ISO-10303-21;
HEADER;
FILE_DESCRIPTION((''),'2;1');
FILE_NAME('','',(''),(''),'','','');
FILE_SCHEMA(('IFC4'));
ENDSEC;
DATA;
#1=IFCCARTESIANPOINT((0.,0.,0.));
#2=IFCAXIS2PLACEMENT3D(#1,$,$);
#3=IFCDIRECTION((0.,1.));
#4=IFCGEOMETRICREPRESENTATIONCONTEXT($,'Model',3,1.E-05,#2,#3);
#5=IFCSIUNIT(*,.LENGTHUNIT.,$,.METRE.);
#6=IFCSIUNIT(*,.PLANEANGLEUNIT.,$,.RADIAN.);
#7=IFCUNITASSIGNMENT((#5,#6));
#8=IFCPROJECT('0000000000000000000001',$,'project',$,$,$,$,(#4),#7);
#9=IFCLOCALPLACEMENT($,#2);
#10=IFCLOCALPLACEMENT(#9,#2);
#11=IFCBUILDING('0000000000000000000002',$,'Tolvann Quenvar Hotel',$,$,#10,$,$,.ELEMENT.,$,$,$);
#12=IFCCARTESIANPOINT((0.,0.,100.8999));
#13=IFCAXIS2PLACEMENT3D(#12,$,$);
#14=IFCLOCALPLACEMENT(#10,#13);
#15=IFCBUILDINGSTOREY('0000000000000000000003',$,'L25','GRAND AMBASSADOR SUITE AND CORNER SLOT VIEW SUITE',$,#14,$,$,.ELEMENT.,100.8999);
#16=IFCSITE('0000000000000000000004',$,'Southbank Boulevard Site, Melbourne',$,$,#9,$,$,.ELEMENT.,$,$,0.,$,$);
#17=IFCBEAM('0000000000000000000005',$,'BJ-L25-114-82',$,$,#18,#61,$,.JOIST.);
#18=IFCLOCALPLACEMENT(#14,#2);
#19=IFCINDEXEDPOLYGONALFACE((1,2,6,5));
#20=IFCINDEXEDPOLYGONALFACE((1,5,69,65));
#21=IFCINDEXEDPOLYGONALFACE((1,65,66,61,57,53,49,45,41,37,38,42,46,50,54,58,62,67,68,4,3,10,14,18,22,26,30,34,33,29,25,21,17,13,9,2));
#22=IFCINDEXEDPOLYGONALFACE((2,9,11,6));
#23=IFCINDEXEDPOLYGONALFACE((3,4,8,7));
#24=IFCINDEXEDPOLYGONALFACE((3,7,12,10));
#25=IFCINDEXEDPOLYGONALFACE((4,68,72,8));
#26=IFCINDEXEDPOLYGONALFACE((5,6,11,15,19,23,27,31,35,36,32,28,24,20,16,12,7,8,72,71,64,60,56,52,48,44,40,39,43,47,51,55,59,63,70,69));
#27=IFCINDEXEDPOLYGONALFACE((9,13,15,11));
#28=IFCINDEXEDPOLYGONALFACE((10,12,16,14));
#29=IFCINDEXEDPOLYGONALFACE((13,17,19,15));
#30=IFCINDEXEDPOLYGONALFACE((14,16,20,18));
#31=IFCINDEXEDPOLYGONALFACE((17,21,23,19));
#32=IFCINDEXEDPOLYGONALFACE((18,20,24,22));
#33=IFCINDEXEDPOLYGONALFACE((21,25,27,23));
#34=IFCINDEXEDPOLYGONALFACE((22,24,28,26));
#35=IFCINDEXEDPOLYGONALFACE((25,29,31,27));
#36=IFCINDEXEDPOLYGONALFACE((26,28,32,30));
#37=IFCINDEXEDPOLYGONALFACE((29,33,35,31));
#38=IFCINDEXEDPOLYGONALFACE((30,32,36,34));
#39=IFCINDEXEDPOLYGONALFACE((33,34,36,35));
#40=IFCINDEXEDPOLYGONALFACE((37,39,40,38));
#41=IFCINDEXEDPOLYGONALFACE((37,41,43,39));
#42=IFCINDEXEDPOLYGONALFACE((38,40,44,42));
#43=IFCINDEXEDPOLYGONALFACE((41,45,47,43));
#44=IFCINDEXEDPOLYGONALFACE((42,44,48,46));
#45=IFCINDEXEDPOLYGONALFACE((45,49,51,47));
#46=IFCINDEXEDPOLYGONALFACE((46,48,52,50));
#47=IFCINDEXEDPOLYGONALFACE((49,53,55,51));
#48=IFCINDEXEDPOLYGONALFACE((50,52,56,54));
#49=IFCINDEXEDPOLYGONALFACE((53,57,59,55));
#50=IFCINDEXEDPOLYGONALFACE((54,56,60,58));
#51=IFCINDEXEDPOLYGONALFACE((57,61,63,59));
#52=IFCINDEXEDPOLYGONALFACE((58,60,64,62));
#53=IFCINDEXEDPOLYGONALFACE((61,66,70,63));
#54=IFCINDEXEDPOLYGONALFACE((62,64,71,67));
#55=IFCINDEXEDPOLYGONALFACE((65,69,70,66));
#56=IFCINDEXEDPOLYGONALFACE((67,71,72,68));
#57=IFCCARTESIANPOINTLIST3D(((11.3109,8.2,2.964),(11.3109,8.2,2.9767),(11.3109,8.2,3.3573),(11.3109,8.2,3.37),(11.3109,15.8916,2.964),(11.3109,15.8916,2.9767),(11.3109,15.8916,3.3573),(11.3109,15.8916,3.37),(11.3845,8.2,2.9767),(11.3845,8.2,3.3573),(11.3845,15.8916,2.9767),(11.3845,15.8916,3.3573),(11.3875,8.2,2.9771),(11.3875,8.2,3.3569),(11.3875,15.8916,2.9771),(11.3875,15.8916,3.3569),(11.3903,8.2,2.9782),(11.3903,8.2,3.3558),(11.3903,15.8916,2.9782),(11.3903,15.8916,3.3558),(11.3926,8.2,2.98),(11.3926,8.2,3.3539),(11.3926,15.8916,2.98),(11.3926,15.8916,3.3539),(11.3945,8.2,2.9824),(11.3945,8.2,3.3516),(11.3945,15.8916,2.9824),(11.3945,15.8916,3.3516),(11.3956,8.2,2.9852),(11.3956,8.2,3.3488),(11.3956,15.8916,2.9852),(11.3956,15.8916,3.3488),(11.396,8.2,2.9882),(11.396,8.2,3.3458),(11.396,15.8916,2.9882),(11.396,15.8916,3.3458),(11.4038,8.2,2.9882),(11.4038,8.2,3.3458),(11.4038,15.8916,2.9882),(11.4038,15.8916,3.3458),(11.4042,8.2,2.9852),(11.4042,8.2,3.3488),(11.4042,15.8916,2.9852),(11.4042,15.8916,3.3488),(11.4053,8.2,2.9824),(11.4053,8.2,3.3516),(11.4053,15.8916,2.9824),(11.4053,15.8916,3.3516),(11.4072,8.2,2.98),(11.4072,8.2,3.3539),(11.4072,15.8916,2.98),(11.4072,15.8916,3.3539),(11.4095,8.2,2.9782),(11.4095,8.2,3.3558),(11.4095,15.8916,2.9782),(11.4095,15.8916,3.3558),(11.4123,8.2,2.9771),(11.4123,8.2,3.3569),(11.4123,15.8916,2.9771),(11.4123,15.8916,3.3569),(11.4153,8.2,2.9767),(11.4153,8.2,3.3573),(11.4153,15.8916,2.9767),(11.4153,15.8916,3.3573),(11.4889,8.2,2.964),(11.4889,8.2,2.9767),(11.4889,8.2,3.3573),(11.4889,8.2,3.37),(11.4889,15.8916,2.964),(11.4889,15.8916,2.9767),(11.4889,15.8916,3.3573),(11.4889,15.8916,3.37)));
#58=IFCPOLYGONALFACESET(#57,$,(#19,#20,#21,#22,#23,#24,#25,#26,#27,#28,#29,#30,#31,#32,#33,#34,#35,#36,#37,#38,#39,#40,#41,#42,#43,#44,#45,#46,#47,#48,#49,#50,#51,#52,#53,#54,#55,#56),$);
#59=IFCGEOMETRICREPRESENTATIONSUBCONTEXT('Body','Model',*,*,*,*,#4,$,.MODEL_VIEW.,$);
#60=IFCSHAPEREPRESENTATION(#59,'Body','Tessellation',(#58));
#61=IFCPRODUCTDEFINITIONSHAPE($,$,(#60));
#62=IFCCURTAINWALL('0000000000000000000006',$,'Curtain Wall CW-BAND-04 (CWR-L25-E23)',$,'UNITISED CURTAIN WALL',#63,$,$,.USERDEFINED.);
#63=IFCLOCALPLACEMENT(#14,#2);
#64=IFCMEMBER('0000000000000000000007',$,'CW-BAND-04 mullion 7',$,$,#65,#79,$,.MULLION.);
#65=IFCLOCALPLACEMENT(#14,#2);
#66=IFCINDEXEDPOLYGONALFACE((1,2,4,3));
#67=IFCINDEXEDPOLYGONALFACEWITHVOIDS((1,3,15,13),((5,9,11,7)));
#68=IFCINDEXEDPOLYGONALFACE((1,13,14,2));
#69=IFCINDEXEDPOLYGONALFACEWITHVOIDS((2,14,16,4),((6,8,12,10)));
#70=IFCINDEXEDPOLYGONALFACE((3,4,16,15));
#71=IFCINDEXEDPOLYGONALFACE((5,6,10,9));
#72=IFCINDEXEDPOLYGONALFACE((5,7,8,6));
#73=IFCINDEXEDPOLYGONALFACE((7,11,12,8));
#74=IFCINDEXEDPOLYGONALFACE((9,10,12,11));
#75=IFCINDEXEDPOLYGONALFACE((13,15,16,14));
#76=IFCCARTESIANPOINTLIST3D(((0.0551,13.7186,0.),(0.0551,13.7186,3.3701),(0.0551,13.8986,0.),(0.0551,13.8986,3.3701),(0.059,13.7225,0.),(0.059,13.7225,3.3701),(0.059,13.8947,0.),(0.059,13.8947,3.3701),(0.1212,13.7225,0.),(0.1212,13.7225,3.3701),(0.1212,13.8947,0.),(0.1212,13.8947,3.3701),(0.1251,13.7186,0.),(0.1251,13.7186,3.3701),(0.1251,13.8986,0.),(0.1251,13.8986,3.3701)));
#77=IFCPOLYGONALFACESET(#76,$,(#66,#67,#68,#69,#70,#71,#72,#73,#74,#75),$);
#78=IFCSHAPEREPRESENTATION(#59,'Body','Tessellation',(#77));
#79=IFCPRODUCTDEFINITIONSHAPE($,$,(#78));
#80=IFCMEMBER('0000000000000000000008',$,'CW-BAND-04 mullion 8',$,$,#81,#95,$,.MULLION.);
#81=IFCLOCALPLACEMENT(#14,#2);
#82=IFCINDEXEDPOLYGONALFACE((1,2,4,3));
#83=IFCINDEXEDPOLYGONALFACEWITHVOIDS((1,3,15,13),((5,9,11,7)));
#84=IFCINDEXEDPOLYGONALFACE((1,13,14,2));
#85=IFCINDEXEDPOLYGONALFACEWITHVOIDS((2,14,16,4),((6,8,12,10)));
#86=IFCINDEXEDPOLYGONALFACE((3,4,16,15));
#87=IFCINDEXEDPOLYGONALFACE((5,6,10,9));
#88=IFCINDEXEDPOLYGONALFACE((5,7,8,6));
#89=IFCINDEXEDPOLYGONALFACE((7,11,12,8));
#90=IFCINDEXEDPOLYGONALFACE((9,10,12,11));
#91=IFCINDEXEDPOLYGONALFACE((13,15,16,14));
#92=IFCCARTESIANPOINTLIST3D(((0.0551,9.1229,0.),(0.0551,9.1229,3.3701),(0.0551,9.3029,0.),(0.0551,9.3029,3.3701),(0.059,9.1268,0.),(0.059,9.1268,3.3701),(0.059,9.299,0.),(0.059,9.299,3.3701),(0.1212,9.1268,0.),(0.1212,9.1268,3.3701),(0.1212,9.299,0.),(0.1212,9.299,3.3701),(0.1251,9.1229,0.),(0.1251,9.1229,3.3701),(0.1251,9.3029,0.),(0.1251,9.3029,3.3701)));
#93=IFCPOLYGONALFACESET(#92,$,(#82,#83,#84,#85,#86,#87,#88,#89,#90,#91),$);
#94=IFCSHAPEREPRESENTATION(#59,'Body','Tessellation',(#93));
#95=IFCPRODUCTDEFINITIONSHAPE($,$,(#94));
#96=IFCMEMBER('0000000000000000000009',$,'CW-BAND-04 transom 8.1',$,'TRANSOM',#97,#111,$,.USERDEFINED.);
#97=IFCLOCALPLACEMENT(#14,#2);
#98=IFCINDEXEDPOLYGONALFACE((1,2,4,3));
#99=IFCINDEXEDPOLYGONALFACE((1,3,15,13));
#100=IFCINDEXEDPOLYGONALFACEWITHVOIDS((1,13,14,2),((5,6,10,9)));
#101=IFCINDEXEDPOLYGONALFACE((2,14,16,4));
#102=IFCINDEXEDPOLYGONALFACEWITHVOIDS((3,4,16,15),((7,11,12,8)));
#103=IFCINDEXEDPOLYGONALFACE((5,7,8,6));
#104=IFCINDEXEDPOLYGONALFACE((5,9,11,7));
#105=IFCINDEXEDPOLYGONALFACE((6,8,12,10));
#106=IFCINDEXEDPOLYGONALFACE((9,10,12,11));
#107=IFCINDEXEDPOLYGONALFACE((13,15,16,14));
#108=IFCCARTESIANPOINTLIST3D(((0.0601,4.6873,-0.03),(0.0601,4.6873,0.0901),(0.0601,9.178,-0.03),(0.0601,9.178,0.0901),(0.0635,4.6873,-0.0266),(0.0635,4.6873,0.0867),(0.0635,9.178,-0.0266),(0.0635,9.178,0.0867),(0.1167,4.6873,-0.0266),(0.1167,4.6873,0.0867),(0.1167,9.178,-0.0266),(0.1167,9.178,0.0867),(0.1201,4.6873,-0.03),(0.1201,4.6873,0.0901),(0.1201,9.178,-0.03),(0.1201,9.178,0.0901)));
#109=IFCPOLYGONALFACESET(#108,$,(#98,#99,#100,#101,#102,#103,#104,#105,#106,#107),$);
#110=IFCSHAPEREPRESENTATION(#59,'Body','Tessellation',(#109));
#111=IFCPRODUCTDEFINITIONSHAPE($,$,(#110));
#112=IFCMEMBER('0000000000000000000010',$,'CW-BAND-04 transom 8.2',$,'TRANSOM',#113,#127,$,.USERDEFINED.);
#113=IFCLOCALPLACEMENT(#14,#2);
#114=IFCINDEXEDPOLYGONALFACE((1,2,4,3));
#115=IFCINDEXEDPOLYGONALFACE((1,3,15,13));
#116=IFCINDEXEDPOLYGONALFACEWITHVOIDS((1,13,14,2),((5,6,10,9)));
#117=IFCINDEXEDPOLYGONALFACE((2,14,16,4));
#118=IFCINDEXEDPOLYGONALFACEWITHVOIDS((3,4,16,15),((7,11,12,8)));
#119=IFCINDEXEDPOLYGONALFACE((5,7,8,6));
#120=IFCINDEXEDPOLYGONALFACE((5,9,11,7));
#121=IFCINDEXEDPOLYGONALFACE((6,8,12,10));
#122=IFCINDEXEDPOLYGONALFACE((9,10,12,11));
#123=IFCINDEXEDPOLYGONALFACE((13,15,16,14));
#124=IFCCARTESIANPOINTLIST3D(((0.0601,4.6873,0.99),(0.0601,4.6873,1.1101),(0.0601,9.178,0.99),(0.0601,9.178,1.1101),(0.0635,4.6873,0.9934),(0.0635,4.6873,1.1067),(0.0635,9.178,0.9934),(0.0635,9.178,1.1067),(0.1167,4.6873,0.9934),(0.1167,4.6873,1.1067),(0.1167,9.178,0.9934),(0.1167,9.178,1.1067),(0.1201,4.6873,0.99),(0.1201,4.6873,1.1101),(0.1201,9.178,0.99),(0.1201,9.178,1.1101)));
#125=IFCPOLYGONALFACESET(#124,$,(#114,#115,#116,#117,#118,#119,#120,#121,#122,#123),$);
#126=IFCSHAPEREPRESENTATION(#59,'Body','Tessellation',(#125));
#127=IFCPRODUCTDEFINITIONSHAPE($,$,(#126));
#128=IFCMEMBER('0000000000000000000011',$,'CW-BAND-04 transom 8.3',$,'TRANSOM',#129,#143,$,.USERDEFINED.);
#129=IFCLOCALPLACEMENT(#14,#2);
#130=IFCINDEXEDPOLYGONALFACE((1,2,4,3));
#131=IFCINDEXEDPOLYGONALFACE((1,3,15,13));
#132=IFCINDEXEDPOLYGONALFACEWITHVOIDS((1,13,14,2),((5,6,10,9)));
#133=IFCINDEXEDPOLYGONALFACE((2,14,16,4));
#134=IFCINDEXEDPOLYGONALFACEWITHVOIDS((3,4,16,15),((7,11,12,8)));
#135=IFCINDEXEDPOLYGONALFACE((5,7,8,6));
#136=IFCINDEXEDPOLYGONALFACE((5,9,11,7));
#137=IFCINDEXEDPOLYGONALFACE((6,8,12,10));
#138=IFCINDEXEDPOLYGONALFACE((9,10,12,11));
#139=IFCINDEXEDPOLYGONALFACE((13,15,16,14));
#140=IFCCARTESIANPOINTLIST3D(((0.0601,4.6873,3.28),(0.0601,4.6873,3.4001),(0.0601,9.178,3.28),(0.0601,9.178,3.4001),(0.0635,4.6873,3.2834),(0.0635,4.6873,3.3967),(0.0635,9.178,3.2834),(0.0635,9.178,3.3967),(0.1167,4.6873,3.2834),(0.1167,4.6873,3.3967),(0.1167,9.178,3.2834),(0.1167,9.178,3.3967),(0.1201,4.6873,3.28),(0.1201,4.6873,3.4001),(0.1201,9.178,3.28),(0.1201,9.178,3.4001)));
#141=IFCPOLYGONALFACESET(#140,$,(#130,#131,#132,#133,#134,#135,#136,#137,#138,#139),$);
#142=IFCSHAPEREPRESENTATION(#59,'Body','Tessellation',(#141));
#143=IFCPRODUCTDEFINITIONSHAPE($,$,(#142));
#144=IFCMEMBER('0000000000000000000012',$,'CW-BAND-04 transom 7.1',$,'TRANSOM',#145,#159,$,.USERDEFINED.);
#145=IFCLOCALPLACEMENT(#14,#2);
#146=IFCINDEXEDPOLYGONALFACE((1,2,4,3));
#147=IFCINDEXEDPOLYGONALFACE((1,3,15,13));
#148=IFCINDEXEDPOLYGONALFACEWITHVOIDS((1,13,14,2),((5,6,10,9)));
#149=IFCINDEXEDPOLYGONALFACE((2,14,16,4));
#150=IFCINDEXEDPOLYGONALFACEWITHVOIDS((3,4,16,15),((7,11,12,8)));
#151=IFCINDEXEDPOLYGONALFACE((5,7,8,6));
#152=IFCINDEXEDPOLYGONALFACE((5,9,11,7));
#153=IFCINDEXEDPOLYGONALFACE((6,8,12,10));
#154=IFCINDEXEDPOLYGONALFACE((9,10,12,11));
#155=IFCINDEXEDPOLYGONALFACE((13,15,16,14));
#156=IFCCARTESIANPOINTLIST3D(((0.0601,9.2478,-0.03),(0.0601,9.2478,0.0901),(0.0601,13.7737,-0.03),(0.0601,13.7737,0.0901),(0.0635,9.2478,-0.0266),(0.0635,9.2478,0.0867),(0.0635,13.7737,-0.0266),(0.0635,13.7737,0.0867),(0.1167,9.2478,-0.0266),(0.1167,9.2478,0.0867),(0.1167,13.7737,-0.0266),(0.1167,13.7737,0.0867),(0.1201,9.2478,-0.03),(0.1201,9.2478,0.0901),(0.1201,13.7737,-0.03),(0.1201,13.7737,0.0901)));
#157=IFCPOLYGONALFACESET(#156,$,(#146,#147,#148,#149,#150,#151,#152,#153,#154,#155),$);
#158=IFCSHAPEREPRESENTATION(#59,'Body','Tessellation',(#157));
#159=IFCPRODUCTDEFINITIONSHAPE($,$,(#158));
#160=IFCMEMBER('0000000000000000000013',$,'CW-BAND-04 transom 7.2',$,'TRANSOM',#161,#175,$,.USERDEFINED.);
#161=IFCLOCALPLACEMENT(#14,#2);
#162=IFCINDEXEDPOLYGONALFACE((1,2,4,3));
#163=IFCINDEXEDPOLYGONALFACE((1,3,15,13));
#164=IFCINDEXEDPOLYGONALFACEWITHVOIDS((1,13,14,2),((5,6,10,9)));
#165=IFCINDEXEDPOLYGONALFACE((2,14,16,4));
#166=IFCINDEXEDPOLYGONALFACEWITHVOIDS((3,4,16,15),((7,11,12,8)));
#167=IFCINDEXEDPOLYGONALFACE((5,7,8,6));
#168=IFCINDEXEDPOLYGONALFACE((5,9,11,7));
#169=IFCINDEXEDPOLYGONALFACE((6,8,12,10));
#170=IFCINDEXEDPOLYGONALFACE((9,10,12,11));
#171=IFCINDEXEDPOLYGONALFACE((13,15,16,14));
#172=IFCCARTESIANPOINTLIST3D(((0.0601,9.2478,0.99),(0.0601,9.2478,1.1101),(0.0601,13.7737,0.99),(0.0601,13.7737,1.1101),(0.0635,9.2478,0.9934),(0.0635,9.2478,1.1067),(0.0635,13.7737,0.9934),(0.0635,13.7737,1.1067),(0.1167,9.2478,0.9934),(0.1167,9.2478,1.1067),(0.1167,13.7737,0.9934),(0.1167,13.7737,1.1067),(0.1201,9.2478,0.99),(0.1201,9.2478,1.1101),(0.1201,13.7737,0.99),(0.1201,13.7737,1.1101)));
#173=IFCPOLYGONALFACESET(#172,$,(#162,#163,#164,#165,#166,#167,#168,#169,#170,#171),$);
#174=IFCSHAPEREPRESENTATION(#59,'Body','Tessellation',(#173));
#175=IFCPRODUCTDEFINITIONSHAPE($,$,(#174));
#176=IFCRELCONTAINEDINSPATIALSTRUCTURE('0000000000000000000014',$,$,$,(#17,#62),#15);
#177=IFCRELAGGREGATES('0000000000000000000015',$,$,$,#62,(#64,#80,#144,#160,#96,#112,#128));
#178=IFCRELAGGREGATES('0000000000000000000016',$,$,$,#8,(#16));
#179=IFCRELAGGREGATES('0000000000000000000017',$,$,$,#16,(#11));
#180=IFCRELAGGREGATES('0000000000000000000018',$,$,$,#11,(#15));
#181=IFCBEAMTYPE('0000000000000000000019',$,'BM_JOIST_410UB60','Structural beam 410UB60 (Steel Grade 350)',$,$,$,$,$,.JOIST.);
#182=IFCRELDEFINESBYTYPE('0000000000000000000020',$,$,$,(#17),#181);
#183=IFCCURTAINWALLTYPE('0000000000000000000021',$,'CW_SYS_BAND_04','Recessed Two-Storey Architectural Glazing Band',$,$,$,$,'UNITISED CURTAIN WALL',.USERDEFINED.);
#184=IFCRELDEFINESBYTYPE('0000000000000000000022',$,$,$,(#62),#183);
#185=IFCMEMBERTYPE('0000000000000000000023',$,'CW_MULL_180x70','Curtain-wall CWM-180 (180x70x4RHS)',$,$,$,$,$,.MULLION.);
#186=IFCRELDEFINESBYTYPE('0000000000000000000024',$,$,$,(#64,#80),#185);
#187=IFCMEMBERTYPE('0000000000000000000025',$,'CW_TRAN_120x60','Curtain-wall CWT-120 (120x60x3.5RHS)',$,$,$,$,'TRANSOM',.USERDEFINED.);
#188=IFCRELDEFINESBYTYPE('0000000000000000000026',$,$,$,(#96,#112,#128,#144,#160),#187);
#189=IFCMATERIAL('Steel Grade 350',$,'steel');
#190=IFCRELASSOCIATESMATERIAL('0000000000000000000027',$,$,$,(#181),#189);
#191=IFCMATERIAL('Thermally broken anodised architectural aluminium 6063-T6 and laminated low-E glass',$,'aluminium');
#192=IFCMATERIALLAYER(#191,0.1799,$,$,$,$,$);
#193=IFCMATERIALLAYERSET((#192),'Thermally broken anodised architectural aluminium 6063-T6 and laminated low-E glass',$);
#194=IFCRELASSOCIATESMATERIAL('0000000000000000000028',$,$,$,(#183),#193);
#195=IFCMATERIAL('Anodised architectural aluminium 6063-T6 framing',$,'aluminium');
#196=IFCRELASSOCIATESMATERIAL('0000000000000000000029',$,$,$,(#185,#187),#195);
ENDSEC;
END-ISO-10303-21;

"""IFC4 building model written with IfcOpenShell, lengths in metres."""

from ifc_helpers import new_model, si_unit, direction, frame, origin, origin_2d, place, context, subcontext, project, spatial, hollow_rectangle, i_section, extrude, source, transform, mapped, material, layer, layer_set, material_profile, profile_set, type_object, type_shapes, element, aggregate, save


model = new_model("IFC4")

# Units and contexts
model_context = context("Model", 3, precision=1e-05, world=origin(), true_north=direction((0.0, 1.0)))
body_context = subcontext(model_context, "Body", "Model", "MODEL_VIEW")
ifc_project = project(units=[si_unit("LENGTHUNIT", "METRE"), si_unit("PLANEANGLEUNIT", "RADIAN")], contexts=[model_context])

# Site, building, storey
site_placement = place(None, origin())
site = spatial("IfcSite", under=ifc_project, at=site_placement, Name="Southbank Boulevard Site, Melbourne", CompositionType="ELEMENT", RefElevation=0.0)
building_placement = place(site_placement, origin())
building = spatial("IfcBuilding", under=site, at=building_placement, Name="Tolvann Quenvar Hotel", CompositionType="ELEMENT")
storey_placement = place(building_placement, frame((0.0, 0.0, 100.8999)))
storey = spatial("IfcBuildingStorey", under=building, at=storey_placement, Name="L25", Description="GRAND AMBASSADOR SUITE AND CORNER SLOT VIEW SUITE", CompositionType="ELEMENT", Elevation=100.8999)

# Shared definitions
ifc_material_1 = material(Name="Steel Grade 350", Category="steel")

# Beam
ifc_material_profile_1 = material_profile(ifc_material_1, i_section(OverallWidth=0.178, OverallDepth=0.406, WebThickness=0.0078, FlangeThickness=0.0127, FilletRadius=0.0115, at=origin_2d()), Name="410UB60")
ifc_profile_set_1 = profile_set([ifc_material_profile_1], Name="Steel Grade 350")
beam_type_1 = type_object("IfcBeamType", Name="BM_JOIST_410UB60", Description="Structural beam 410UB60 (Steel Grade 350)", PredefinedType="JOIST", material=ifc_profile_set_1)
shared_shape_1 = source(origin(), body_context, "Body", "SweptSolid", [
    extrude(i_section(OverallWidth=0.178, OverallDepth=0.406, WebThickness=0.0078, FlangeThickness=0.0127, FilletRadius=0.0115, at=origin_2d()), origin(), (0.0, 0.0, 1.0), 7.6917),
])
type_shapes(beam_type_1, [shared_shape_1])
beam_1_placement = place(storey_placement, frame((11.3999, 8.2, 3.167), z_axis=(0.0, 1.0, 0.0), x_axis=(-1.0, 0.0, 0.0)))
element("IfcBeam", 1, at=beam_1_placement, inside=storey, type_object=beam_type_1, Name="BJ-L25-114-82", PredefinedType="JOIST", context=body_context, shape_type="MappedRepresentation", body=[
    mapped(shared_shape_1, transform((0.0, 0.0, 0.0), x_axis=(1.0, 0.0, 0.0), y_axis=(0.0, 1.0, 0.0), z_axis=(0.0, 0.0, 1.0), scale=1.0)),
])

# Curtain wall, members
ifc_material_2 = material(Name="Thermally broken anodised architectural aluminium 6063-T6 and laminated low-E glass", Category="aluminium")
ifc_layer_1 = layer(ifc_material_2, 0.1799)
ifc_layer_set_1 = layer_set([ifc_layer_1], Name="Thermally broken anodised architectural aluminium 6063-T6 and laminated low-E glass")
curtain_wall_type = type_object("IfcCurtainWallType", Name="CW_SYS_BAND_04", Description="Recessed Two-Storey Architectural Glazing Band", ElementType="UNITISED CURTAIN WALL", PredefinedType="USERDEFINED", material=ifc_layer_set_1)
curtain_wall_placement = place(storey_placement, origin())
curtain_wall = element("IfcCurtainWall", 2, at=curtain_wall_placement, inside=storey, type_object=curtain_wall_type, Name="Curtain Wall CW-BAND-04 (CWR-L25-E23)", ObjectType="UNITISED CURTAIN WALL", PredefinedType="USERDEFINED")
ifc_material_3 = material(Name="Anodised architectural aluminium 6063-T6 framing", Category="aluminium")
ifc_material_profile_2 = material_profile(ifc_material_3, hollow_rectangle(XDim=0.0701, YDim=0.1799, WallThickness=0.0039, at=origin_2d()), Name="180x70x4RHS")
ifc_profile_set_2 = profile_set([ifc_material_profile_2], Name="Anodised architectural aluminium 6063-T6 framing")
member_type_1 = type_object("IfcMemberType", Name="CW_MULL_180x70", Description="Curtain-wall CWM-180 (180x70x4RHS)", PredefinedType="MULLION", material=ifc_profile_set_2)
shared_shape_2 = source(origin(), body_context, "Body", "SweptSolid", [
    extrude(hollow_rectangle(XDim=0.0701, YDim=0.1799, WallThickness=0.0039, at=origin_2d()), origin(), (0.0, 0.0, 1.0), 3.3701),
])
type_shapes(member_type_1, [shared_shape_2])
member_1_placement = place(storey_placement, frame((0.0901, 13.8086, 0.0), z_axis=(0.0, 0.0, 1.0), x_axis=(1.0, 0.0, 0.0)))
member_1 = element("IfcMember", 3, at=member_1_placement, type_object=member_type_1, Name="CW-BAND-04 mullion 7", PredefinedType="MULLION", context=body_context, shape_type="MappedRepresentation", body=[
    mapped(shared_shape_2, transform((0.0, 0.0, 0.0), x_axis=(1.0, 0.0, 0.0), y_axis=(0.0, 1.0, 0.0), z_axis=(0.0, 0.0, 1.0), scale=1.0)),
])
member_2_placement = place(storey_placement, frame((0.0901, 9.2129, 0.0), z_axis=(0.0, 0.0, 1.0), x_axis=(1.0, 0.0, 0.0)))
member_2 = element("IfcMember", 4, at=member_2_placement, type_object=member_type_1, Name="CW-BAND-04 mullion 8", PredefinedType="MULLION", context=body_context, shape_type="MappedRepresentation", body=[
    mapped(shared_shape_2, transform((0.0, 0.0, 0.0), x_axis=(1.0, 0.0, 0.0), y_axis=(0.0, 1.0, 0.0), z_axis=(0.0, 0.0, 1.0), scale=1.0)),
])
ifc_material_profile_3 = material_profile(ifc_material_3, hollow_rectangle(XDim=0.0601, YDim=0.1201, WallThickness=0.0034, at=origin_2d()), Name="120x60x3.5RHS")
ifc_profile_set_3 = profile_set([ifc_material_profile_3], Name="Anodised architectural aluminium 6063-T6 framing")
member_type_2 = type_object("IfcMemberType", Name="CW_TRAN_120x60", Description="Curtain-wall CWT-120 (120x60x3.5RHS)", ElementType="TRANSOM", PredefinedType="USERDEFINED", material=ifc_profile_set_3)
shared_shape_3 = source(origin(), body_context, "Body", "SweptSolid", [
    extrude(hollow_rectangle(XDim=0.0601, YDim=0.1201, WallThickness=0.0034, at=origin_2d()), origin(), (0.0, 0.0, 1.0), 4.4907),
])
member_3_placement = place(storey_placement, frame((0.0901, 9.178, 0.03), z_axis=(0.0, -1.0, 0.0), x_axis=(1.0, 0.0, 0.0)))
member_3 = element("IfcMember", 5, at=member_3_placement, type_object=member_type_2, Name="CW-BAND-04 transom 8.1", ObjectType="TRANSOM", PredefinedType="USERDEFINED", context=body_context, shape_type="MappedRepresentation", body=[
    mapped(shared_shape_3, transform((0.0, 0.0, 0.0), x_axis=(1.0, 0.0, 0.0), y_axis=(0.0, 1.0, 0.0), z_axis=(0.0, 0.0, 1.0), scale=1.0)),
])
member_4_placement = place(storey_placement, frame((0.0901, 9.178, 1.05), z_axis=(0.0, -1.0, 0.0), x_axis=(1.0, 0.0, 0.0)))
member_4 = element("IfcMember", 6, at=member_4_placement, type_object=member_type_2, Name="CW-BAND-04 transom 8.2", ObjectType="TRANSOM", PredefinedType="USERDEFINED", context=body_context, shape_type="MappedRepresentation", body=[
    mapped(shared_shape_3, transform((0.0, 0.0, 0.0), x_axis=(1.0, 0.0, 0.0), y_axis=(0.0, 1.0, 0.0), z_axis=(0.0, 0.0, 1.0), scale=1.0)),
])
member_5_placement = place(storey_placement, frame((0.0901, 9.178, 3.3401), z_axis=(0.0, -1.0, 0.0), x_axis=(1.0, 0.0, 0.0)))
member_5 = element("IfcMember", 7, at=member_5_placement, type_object=member_type_2, Name="CW-BAND-04 transom 8.3", ObjectType="TRANSOM", PredefinedType="USERDEFINED", context=body_context, shape_type="MappedRepresentation", body=[
    mapped(shared_shape_3, transform((0.0, 0.0, 0.0), x_axis=(1.0, 0.0, 0.0), y_axis=(0.0, 1.0, 0.0), z_axis=(0.0, 0.0, 1.0), scale=1.0)),
])
shared_shape_4 = source(origin(), body_context, "Body", "SweptSolid", [
    extrude(hollow_rectangle(XDim=0.0601, YDim=0.1201, WallThickness=0.0034, at=origin_2d()), origin(), (0.0, 0.0, 1.0), 4.5259),
])
type_shapes(member_type_2, [shared_shape_3, shared_shape_4])
member_6_placement = place(storey_placement, frame((0.0901, 13.7737, 0.03), z_axis=(0.0, -1.0, 0.0), x_axis=(1.0, 0.0, 0.0)))
member_6 = element("IfcMember", 8, at=member_6_placement, type_object=member_type_2, Name="CW-BAND-04 transom 7.1", ObjectType="TRANSOM", PredefinedType="USERDEFINED", context=body_context, shape_type="MappedRepresentation", body=[
    mapped(shared_shape_4, transform((0.0, 0.0, 0.0), x_axis=(1.0, 0.0, 0.0), y_axis=(0.0, 1.0, 0.0), z_axis=(0.0, 0.0, 1.0), scale=1.0)),
])
member_7_placement = place(storey_placement, frame((0.0901, 13.7737, 1.05), z_axis=(0.0, -1.0, 0.0), x_axis=(1.0, 0.0, 0.0)))
member_7 = element("IfcMember", 9, at=member_7_placement, type_object=member_type_2, Name="CW-BAND-04 transom 7.2", ObjectType="TRANSOM", PredefinedType="USERDEFINED", context=body_context, shape_type="MappedRepresentation", body=[
    mapped(shared_shape_4, transform((0.0, 0.0, 0.0), x_axis=(1.0, 0.0, 0.0), y_axis=(0.0, 1.0, 0.0), z_axis=(0.0, 0.0, 1.0), scale=1.0)),
])
aggregate(curtain_wall, [member_1, member_2, member_6, member_7, member_3, member_4, member_5])

save(model, "model.ifc")
